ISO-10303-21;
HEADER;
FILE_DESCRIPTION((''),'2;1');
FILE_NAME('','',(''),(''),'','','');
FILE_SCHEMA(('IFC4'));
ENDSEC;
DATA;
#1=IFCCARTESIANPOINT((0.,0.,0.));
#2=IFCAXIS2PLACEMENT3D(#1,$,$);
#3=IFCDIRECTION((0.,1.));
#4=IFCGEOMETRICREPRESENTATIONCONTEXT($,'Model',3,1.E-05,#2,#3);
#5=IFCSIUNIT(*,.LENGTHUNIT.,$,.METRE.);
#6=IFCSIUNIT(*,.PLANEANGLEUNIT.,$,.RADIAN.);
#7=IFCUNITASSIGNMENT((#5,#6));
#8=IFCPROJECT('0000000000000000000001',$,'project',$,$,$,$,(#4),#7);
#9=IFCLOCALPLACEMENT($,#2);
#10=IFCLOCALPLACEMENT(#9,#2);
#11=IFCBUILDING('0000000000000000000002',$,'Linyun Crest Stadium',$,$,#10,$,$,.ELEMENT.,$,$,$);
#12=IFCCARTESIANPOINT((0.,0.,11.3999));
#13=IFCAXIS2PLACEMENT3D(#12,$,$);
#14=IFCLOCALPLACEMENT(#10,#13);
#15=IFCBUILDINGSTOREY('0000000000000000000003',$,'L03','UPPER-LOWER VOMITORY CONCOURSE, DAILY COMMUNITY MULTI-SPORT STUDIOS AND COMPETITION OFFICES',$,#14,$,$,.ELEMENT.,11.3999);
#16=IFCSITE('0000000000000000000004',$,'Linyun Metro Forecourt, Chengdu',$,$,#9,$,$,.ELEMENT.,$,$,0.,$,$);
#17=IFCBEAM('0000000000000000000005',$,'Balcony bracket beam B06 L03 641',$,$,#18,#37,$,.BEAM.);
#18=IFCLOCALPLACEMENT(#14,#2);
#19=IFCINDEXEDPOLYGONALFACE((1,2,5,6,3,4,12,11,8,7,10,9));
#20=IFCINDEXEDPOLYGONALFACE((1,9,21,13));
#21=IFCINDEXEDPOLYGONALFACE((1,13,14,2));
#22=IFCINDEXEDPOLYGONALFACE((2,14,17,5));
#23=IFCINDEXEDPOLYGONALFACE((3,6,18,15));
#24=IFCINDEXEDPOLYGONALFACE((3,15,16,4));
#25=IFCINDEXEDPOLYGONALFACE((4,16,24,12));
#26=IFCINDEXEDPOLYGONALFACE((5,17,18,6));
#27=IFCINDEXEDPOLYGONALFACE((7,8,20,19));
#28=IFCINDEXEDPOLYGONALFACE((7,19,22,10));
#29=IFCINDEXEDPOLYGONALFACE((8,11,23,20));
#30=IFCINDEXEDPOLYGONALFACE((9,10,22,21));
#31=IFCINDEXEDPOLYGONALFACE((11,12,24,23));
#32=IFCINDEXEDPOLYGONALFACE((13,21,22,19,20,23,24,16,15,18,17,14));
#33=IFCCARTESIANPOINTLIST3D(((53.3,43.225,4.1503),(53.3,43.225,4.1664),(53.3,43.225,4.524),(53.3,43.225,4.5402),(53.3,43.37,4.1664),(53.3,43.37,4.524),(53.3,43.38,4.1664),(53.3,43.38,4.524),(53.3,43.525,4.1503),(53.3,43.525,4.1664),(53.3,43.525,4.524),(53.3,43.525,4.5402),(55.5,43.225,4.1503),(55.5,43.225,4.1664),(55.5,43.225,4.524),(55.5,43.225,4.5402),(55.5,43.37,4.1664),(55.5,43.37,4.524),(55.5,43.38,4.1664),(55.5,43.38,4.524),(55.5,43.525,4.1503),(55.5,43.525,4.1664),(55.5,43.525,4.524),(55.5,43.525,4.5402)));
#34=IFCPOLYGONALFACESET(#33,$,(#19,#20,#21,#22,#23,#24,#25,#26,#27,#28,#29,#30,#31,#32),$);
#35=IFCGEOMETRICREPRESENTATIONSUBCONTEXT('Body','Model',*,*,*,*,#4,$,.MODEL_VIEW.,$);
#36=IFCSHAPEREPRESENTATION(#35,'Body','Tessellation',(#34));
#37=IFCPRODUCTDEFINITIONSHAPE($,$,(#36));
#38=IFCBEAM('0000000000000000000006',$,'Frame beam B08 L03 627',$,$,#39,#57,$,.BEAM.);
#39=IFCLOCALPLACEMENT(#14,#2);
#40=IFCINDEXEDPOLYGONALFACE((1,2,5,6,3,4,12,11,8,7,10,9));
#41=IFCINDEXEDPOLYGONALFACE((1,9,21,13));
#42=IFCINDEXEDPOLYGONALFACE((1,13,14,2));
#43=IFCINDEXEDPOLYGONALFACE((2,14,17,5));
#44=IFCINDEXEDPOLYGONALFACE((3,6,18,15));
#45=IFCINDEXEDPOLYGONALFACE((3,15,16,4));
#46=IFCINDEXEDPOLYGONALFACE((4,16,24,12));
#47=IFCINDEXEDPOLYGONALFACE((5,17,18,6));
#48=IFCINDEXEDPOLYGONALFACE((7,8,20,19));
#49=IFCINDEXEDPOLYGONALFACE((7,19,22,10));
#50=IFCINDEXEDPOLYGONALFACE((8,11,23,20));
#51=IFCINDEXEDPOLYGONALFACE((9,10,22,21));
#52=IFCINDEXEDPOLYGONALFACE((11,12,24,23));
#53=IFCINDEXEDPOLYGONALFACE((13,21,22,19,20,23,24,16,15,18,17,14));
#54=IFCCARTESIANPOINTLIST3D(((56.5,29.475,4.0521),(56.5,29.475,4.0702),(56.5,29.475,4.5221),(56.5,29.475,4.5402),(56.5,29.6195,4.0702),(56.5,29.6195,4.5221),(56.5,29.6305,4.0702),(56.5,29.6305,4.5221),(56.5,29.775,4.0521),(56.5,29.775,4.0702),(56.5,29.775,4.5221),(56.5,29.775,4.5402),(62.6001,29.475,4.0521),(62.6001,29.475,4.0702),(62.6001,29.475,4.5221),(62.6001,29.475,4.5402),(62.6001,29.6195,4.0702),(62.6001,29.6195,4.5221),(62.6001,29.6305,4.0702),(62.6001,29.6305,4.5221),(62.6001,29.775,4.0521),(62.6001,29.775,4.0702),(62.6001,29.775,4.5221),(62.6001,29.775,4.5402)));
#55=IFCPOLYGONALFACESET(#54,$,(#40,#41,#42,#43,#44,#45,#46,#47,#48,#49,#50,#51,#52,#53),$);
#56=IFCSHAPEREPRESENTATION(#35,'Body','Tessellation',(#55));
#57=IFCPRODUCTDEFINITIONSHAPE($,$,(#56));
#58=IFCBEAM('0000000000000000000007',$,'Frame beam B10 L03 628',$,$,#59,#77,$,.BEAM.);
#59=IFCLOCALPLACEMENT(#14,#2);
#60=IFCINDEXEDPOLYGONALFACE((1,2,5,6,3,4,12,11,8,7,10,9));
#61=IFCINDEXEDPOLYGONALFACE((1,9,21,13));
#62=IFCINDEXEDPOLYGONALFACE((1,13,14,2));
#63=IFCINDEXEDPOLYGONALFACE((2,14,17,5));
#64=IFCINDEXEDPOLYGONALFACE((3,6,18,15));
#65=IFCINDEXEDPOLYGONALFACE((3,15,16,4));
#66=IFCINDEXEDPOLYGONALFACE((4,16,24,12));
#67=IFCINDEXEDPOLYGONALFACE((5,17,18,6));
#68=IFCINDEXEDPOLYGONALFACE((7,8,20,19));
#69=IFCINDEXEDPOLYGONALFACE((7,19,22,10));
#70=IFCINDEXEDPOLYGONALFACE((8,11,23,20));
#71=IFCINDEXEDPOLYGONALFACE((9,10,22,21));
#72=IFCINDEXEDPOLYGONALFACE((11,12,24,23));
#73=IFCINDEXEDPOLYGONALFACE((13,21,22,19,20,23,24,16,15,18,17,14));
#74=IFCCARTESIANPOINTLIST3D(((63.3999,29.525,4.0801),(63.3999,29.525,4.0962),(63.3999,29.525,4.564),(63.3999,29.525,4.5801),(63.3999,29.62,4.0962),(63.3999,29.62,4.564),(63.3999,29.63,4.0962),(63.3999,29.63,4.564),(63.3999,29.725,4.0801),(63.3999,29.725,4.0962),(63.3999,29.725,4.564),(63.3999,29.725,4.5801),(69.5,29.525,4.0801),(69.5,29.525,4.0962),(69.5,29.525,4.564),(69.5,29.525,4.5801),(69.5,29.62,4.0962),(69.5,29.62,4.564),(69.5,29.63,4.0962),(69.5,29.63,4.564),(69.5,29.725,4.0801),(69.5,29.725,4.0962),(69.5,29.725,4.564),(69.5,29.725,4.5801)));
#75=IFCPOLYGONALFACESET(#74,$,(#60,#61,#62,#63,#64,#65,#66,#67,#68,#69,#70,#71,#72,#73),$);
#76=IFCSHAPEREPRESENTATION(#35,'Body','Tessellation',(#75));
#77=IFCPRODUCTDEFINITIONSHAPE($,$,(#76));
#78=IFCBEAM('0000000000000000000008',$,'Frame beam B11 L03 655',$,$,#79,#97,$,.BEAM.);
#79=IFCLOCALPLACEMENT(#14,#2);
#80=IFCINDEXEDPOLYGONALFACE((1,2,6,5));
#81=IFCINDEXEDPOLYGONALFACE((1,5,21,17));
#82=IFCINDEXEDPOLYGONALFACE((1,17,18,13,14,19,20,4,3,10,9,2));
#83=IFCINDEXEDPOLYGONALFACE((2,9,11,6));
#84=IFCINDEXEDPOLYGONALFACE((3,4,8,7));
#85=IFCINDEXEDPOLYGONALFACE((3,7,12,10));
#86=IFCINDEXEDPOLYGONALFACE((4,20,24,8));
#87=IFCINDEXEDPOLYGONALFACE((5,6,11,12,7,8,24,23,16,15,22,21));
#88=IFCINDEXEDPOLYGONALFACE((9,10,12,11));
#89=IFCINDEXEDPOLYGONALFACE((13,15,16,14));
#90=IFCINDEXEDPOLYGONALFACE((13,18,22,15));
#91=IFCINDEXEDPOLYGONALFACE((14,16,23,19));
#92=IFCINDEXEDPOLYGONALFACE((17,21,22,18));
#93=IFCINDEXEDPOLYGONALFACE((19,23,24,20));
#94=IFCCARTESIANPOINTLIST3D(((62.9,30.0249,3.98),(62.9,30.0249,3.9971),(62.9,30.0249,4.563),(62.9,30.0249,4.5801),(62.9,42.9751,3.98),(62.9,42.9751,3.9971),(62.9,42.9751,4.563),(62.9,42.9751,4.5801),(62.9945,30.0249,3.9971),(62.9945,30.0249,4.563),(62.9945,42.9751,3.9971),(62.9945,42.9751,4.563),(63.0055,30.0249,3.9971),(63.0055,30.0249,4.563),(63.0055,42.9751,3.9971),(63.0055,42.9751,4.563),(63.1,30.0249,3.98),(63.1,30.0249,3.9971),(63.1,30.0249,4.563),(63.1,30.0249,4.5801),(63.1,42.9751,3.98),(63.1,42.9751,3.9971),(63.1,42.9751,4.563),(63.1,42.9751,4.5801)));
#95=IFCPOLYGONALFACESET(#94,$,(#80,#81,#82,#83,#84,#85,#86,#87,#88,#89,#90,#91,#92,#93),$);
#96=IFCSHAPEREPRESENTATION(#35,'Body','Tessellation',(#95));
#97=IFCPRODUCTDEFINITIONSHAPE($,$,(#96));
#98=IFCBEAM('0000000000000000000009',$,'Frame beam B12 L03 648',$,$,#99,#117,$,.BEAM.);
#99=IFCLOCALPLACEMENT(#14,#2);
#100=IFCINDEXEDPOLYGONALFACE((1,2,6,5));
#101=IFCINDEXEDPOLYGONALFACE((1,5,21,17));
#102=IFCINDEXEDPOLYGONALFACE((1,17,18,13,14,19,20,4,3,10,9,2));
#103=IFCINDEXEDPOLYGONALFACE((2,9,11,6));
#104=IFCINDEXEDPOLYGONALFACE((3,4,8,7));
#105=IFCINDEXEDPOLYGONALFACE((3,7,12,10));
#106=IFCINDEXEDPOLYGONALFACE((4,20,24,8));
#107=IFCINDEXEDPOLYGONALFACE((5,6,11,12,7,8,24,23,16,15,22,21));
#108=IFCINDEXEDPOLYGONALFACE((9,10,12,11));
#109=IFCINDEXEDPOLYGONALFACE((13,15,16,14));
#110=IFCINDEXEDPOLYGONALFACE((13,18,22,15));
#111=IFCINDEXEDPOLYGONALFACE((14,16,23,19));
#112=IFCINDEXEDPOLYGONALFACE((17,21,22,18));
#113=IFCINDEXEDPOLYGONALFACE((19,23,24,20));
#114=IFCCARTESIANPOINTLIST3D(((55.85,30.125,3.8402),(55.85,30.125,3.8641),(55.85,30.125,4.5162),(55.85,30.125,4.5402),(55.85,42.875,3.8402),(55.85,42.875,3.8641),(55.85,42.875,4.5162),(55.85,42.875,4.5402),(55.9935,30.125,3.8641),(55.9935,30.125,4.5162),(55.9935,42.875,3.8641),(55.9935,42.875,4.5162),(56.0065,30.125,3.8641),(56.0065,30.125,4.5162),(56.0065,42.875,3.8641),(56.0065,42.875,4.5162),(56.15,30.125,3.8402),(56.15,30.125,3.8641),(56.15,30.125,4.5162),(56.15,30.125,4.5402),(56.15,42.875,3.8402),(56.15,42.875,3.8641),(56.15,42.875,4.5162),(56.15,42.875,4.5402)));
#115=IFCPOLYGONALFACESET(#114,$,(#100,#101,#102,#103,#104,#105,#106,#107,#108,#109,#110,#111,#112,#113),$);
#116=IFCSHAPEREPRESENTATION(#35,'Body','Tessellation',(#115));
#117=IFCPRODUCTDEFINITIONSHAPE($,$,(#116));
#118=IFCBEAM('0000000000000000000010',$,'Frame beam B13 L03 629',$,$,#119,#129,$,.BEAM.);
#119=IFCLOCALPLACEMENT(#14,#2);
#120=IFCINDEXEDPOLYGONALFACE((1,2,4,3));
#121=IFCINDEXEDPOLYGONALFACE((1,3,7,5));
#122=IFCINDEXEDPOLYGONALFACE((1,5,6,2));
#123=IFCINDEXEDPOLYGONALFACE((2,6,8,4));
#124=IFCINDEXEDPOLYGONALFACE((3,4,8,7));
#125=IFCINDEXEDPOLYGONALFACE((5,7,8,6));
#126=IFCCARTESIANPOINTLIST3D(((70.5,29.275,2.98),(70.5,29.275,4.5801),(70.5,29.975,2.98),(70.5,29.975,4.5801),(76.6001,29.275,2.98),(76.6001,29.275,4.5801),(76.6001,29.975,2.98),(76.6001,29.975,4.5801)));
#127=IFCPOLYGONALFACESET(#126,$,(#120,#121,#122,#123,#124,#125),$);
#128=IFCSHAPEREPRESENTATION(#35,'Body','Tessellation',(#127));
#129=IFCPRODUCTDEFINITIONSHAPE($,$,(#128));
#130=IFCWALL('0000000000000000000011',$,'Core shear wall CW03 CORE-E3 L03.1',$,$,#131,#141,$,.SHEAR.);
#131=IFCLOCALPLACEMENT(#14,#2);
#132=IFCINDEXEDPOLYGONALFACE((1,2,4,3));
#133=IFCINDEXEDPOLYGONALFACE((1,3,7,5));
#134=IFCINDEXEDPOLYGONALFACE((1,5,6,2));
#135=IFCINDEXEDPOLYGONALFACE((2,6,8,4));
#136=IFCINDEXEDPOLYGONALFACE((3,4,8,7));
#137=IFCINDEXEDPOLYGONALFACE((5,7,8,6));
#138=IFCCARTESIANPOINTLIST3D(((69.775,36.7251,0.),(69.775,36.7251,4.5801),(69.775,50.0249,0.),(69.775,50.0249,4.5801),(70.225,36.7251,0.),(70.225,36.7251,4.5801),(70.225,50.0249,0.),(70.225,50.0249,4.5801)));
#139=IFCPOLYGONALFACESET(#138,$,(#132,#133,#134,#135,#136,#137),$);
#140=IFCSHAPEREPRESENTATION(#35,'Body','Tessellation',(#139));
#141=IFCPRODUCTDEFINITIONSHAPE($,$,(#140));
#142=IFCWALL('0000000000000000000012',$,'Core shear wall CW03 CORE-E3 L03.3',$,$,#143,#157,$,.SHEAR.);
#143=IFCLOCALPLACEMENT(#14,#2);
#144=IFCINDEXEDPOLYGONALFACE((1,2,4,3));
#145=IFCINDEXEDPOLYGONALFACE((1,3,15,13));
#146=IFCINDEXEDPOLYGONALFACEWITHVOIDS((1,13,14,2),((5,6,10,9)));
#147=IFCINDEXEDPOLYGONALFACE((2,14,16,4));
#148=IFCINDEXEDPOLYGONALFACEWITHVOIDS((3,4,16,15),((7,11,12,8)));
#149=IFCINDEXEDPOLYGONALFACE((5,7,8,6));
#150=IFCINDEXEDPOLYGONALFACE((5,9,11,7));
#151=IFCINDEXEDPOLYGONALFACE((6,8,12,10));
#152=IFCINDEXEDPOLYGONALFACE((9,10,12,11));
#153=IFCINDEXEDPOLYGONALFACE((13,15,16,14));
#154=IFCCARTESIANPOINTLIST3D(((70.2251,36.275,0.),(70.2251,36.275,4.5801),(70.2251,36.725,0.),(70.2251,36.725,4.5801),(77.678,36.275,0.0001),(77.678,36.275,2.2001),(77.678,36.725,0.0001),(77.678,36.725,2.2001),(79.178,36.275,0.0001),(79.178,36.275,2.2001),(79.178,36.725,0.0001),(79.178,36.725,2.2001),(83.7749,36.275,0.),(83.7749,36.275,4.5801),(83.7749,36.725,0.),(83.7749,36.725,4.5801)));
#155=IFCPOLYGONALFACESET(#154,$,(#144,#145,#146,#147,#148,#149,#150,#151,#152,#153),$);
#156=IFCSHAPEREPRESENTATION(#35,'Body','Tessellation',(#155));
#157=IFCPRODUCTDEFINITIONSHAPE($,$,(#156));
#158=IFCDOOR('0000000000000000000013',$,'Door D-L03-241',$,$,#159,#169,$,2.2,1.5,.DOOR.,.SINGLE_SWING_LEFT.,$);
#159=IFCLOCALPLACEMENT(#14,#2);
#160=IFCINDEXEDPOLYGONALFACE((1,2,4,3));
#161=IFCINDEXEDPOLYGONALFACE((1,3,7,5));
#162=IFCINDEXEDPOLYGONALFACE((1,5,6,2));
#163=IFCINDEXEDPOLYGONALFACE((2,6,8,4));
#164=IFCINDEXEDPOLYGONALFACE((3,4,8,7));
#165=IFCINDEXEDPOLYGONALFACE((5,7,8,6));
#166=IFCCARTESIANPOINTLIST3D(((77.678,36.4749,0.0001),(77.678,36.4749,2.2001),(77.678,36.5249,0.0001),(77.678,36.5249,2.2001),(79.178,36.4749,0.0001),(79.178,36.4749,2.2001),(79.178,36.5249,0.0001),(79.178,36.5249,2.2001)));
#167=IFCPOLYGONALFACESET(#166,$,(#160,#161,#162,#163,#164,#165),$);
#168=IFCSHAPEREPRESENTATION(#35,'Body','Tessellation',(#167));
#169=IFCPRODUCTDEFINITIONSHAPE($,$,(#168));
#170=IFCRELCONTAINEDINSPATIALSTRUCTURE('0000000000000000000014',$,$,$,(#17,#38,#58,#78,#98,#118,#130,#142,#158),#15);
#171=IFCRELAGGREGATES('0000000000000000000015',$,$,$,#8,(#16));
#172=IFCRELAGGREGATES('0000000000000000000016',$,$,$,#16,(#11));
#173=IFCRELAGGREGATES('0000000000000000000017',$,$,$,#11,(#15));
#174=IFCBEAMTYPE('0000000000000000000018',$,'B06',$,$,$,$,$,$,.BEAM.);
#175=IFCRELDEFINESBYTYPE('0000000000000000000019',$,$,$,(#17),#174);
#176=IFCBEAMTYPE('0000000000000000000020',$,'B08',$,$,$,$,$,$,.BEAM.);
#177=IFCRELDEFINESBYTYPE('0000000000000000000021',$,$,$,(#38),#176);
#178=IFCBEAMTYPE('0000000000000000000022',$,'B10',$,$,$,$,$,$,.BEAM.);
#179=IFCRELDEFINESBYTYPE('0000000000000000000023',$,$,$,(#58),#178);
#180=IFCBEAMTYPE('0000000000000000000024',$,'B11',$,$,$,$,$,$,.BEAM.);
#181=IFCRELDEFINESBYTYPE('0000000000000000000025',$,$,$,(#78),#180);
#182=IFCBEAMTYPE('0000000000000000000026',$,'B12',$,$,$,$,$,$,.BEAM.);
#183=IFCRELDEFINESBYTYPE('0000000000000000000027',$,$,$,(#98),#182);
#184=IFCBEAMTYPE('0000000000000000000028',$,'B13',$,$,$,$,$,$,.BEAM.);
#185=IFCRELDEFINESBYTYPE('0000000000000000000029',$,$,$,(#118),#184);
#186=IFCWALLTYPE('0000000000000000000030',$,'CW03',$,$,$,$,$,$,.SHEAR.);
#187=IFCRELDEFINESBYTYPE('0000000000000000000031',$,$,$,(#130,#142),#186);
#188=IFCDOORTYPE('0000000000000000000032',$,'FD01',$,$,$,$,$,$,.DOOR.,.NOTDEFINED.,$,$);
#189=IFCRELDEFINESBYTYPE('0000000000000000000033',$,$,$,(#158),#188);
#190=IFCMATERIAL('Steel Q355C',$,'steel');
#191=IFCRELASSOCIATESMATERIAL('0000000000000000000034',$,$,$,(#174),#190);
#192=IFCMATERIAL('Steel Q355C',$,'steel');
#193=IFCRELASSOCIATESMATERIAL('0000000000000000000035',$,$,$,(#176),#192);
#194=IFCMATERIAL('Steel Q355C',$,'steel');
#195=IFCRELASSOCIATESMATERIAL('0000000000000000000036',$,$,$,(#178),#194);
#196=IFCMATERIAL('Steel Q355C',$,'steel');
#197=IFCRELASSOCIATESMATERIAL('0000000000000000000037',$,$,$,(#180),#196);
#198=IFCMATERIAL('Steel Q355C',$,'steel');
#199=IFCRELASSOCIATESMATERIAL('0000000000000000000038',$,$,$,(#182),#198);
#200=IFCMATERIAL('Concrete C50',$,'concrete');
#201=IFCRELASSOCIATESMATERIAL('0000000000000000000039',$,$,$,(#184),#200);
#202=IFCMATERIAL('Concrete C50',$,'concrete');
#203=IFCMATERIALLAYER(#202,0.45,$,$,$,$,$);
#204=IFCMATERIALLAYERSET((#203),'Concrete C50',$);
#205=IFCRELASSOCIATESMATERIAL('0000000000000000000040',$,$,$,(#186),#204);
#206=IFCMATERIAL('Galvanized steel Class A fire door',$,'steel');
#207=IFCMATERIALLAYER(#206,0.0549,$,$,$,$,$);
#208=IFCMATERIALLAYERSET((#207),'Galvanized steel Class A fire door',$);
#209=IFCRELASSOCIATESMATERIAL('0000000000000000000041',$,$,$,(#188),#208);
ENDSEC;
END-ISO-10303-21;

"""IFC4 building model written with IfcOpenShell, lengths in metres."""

from ifc_helpers import new_model, si_unit, direction, frame, frame_2d, origin, origin_2d, place, context, subcontext, project, spatial, rectangle, i_section, extrude, material, layer, layer_set, material_profile, profile_set, type_object, element, fill, save


model = new_model("IFC4")

# Units and contexts
model_context = context("Model", 3, precision=1e-05, world=origin(), true_north=direction((0.0, 1.0)))
body_context = subcontext(model_context, "Body", "Model", "MODEL_VIEW")
ifc_project = project(units=[si_unit("LENGTHUNIT", "METRE"), si_unit("PLANEANGLEUNIT", "RADIAN")], contexts=[model_context])

# Site, building, storey
site_placement = place(None, origin())
site = spatial("IfcSite", under=ifc_project, at=site_placement, Name="Linyun Metro Forecourt, Chengdu", CompositionType="ELEMENT", RefElevation=0.0)
building_placement = place(site_placement, origin())
building = spatial("IfcBuilding", under=site, at=building_placement, Name="Linyun Crest Stadium", CompositionType="ELEMENT")
storey_placement = place(building_placement, frame((0.0, 0.0, 11.3999)))
storey = spatial("IfcBuildingStorey", under=building, at=storey_placement, Name="L03", Description="UPPER-LOWER VOMITORY CONCOURSE, DAILY COMMUNITY MULTI-SPORT STUDIOS AND COMPETITION OFFICES", CompositionType="ELEMENT", Elevation=11.3999)

# Beams
ifc_material_1 = material(Name="Steel Q355C", Category="steel")
ifc_material_profile_1 = material_profile(ifc_material_1, i_section(OverallWidth=0.3, OverallDepth=0.3899, WebThickness=0.01, FlangeThickness=0.0161, at=origin_2d()), Name="HM 390x300")
ifc_profile_set_1 = profile_set([ifc_material_profile_1], Name="Steel Q355C")
beam_type_1 = type_object("IfcBeamType", Name="B06", PredefinedType="BEAM", material=ifc_profile_set_1)
for number, where, z_axis, x_axis, name in (
    (1, (55.5, 43.375, 4.3452), (-1.0, 0.0, 0.0), (0.0, -1.0, 0.0), "Balcony bracket beam B06 L03 641"),
):
    element("IfcBeam", number, at=place(storey_placement, frame(where, z_axis=z_axis, x_axis=x_axis)), inside=storey, type_object=beam_type_1, Name=name, PredefinedType="BEAM", context=body_context, shape_type="SweptSolid", body=[
        extrude(i_section(OverallWidth=0.3, OverallDepth=0.3899, WebThickness=0.01, FlangeThickness=0.0161, at=origin_2d()), origin(), (0.0, 0.0, 1.0), 2.2),
    ])
ifc_material_2 = material(Name="Steel Q355C", Category="steel")
ifc_material_profile_2 = material_profile(ifc_material_2, i_section(OverallWidth=0.3, OverallDepth=0.488, WebThickness=0.011, FlangeThickness=0.0181, at=origin_2d()), Name="HM 488x300")
ifc_profile_set_2 = profile_set([ifc_material_profile_2], Name="Steel Q355C")
beam_type_2 = type_object("IfcBeamType", Name="B08", PredefinedType="BEAM", material=ifc_profile_set_2)
beam_1_placement = place(storey_placement, frame((56.5, 29.625, 4.2961), z_axis=(1.0, 0.0, 0.0), x_axis=(0.0, 1.0, 0.0)))
element("IfcBeam", 2, at=beam_1_placement, inside=storey, type_object=beam_type_2, Name="Frame beam B08 L03 627", PredefinedType="BEAM", context=body_context, shape_type="SweptSolid", body=[
    extrude(i_section(OverallWidth=0.3, OverallDepth=0.488, WebThickness=0.011, FlangeThickness=0.0181, at=origin_2d()), origin(), (0.0, 0.0, 1.0), 6.1001),
])
ifc_material_3 = material(Name="Steel Q355C", Category="steel")
ifc_material_profile_3 = material_profile(ifc_material_3, i_section(OverallWidth=0.2, OverallDepth=0.5, WebThickness=0.01, FlangeThickness=0.0161, at=origin_2d()), Name="HN 500x200")
ifc_profile_set_3 = profile_set([ifc_material_profile_3], Name="Steel Q355C")
beam_type_3 = type_object("IfcBeamType", Name="B10", PredefinedType="BEAM", material=ifc_profile_set_3)
beam_2_placement = place(storey_placement, frame((63.3999, 29.625, 4.3301), z_axis=(1.0, 0.0, 0.0), x_axis=(0.0, 1.0, 0.0)))
element("IfcBeam", 3, at=beam_2_placement, inside=storey, type_object=beam_type_3, Name="Frame beam B10 L03 628", PredefinedType="BEAM", context=body_context, shape_type="SweptSolid", body=[
    extrude(i_section(OverallWidth=0.2, OverallDepth=0.5, WebThickness=0.01, FlangeThickness=0.0161, at=origin_2d()), origin(), (0.0, 0.0, 1.0), 6.1001),
])
ifc_material_4 = material(Name="Steel Q355C", Category="steel")
ifc_material_profile_4 = material_profile(ifc_material_4, i_section(OverallWidth=0.2, OverallDepth=0.6001, WebThickness=0.011, FlangeThickness=0.0171, at=origin_2d()), Name="HN 600x200")
ifc_profile_set_4 = profile_set([ifc_material_profile_4], Name="Steel Q355C")
beam_type_4 = type_object("IfcBeamType", Name="B11", PredefinedType="BEAM", material=ifc_profile_set_4)
beam_3_placement = place(storey_placement, frame((63.0, 30.0249, 4.28), z_axis=(0.0, 1.0, 0.0), x_axis=(-1.0, 0.0, 0.0)))
element("IfcBeam", 4, at=beam_3_placement, inside=storey, type_object=beam_type_4, Name="Frame beam B11 L03 655", PredefinedType="BEAM", context=body_context, shape_type="SweptSolid", body=[
    extrude(i_section(OverallWidth=0.2, OverallDepth=0.6001, WebThickness=0.011, FlangeThickness=0.0171, at=origin_2d()), origin(), (0.0, 0.0, 1.0), 12.9502),
])
ifc_material_5 = material(Name="Steel Q355C", Category="steel")
ifc_material_profile_5 = material_profile(ifc_material_5, i_section(OverallWidth=0.3, OverallDepth=0.7, WebThickness=0.0129, FlangeThickness=0.0239, at=origin_2d()), Name="HN 700x300")
ifc_profile_set_5 = profile_set([ifc_material_profile_5], Name="Steel Q355C")
beam_type_5 = type_object("IfcBeamType", Name="B12", PredefinedType="BEAM", material=ifc_profile_set_5)
beam_4_placement = place(storey_placement, frame((56.0, 30.125, 4.1902), z_axis=(0.0, 1.0, 0.0), x_axis=(-1.0, 0.0, 0.0)))
element("IfcBeam", 5, at=beam_4_placement, inside=storey, type_object=beam_type_5, Name="Frame beam B12 L03 648", PredefinedType="BEAM", context=body_context, shape_type="SweptSolid", body=[
    extrude(i_section(OverallWidth=0.3, OverallDepth=0.7, WebThickness=0.0129, FlangeThickness=0.0239, at=origin_2d()), origin(), (0.0, 0.0, 1.0), 12.75),
])
ifc_material_6 = material(Name="Concrete C50", Category="concrete")
ifc_material_profile_6 = material_profile(ifc_material_6, rectangle(XDim=0.7, YDim=1.6001, at=origin_2d()), Name="RCB 1600x700")
ifc_profile_set_6 = profile_set([ifc_material_profile_6], Name="Concrete C50")
beam_type_6 = type_object("IfcBeamType", Name="B13", PredefinedType="BEAM", material=ifc_profile_set_6)
beam_5_placement = place(storey_placement, frame((70.5, 29.625, 3.78), z_axis=(1.0, 0.0, 0.0), x_axis=(0.0, 1.0, 0.0)))
element("IfcBeam", 6, at=beam_5_placement, inside=storey, type_object=beam_type_6, Name="Frame beam B13 L03 629", PredefinedType="BEAM", context=body_context, shape_type="SweptSolid", body=[
    extrude(rectangle(XDim=0.7, YDim=1.6001, at=origin_2d()), origin(), (0.0, 0.0, 1.0), 6.1001),
])

# Wall
ifc_material_7 = material(Name="Concrete C50", Category="concrete")
ifc_layer_1 = layer(ifc_material_7, 0.45)
ifc_layer_set_1 = layer_set([ifc_layer_1], Name="Concrete C50")
wall_type_1 = type_object("IfcWallType", Name="CW03", PredefinedType="SHEAR", material=ifc_layer_set_1)
wall_1_placement = place(storey_placement, frame((70.0, 36.7251, 0.0), z_axis=(0.0, 0.0, 1.0), x_axis=(0.0, 1.0, 0.0)))
element("IfcWall", 7, at=wall_1_placement, inside=storey, type_object=wall_type_1, Name="Core shear wall CW03 CORE-E3 L03.1", PredefinedType="SHEAR", context=body_context, shape_type="SweptSolid", body=[
    extrude(rectangle(XDim=13.2998, YDim=0.45, at=frame_2d((6.6499, 0.0))), origin(), (0.0, 0.0, 1.0), 4.5801),
])

# Wall, opening, door
wall_2_placement = place(storey_placement, frame((70.2251, 36.5, 0.0), z_axis=(0.0, 0.0, 1.0), x_axis=(1.0, 0.0, 0.0)))
wall_2 = element("IfcWall", 8, at=wall_2_placement, inside=storey, type_object=wall_type_1, Name="Core shear wall CW03 CORE-E3 L03.3", PredefinedType="SHEAR", context=body_context, shape_type="SweptSolid", body=[
    extrude(rectangle(XDim=13.5498, YDim=0.45, at=frame_2d((6.7749, 0.0))), origin(), (0.0, 0.0, 1.0), 4.5801),
])
opening_placement = place(wall_2_placement, frame((7.4529, 0.0, 0.0)))
opening = element("IfcOpeningElement", 9, at=opening_placement, cuts=wall_2, PredefinedType="OPENING", context=body_context, shape_type="SweptSolid", body=[
    extrude(rectangle(XDim=1.5, YDim=2.2, at=frame_2d((0.75, 1.1001))), frame((0.0, 0.2349, 0.0), z_axis=(0.0, -1.0, 0.0), x_axis=(1.0, 0.0, 0.0)), (0.0, 0.0, 1.0), 0.47),
])
ifc_material_8 = material(Name="Galvanized steel Class A fire door", Category="steel")
ifc_layer_2 = layer(ifc_material_8, 0.0549)
ifc_layer_set_2 = layer_set([ifc_layer_2], Name="Galvanized steel Class A fire door")
door_type = type_object("IfcDoorType", Name="FD01", OperationType="NOTDEFINED", PredefinedType="DOOR", material=ifc_layer_set_2)
door_placement = place(opening_placement, origin())
door = element("IfcDoor", 10, at=door_placement, inside=storey, type_object=door_type, Name="Door D-L03-241", OperationType="SINGLE_SWING_LEFT", OverallHeight=2.2, OverallWidth=1.5, PredefinedType="DOOR", context=body_context, shape_type="SweptSolid", body=[
    extrude(rectangle(XDim=1.5, YDim=2.2, at=frame_2d((0.75, 1.1001))), frame((0.0, 0.0249, 0.0), z_axis=(0.0, -1.0, 0.0), x_axis=(1.0, 0.0, 0.0)), (0.0, 0.0, 1.0), 0.05),
])
fill(opening, door)

save(model, "model.ifc")
